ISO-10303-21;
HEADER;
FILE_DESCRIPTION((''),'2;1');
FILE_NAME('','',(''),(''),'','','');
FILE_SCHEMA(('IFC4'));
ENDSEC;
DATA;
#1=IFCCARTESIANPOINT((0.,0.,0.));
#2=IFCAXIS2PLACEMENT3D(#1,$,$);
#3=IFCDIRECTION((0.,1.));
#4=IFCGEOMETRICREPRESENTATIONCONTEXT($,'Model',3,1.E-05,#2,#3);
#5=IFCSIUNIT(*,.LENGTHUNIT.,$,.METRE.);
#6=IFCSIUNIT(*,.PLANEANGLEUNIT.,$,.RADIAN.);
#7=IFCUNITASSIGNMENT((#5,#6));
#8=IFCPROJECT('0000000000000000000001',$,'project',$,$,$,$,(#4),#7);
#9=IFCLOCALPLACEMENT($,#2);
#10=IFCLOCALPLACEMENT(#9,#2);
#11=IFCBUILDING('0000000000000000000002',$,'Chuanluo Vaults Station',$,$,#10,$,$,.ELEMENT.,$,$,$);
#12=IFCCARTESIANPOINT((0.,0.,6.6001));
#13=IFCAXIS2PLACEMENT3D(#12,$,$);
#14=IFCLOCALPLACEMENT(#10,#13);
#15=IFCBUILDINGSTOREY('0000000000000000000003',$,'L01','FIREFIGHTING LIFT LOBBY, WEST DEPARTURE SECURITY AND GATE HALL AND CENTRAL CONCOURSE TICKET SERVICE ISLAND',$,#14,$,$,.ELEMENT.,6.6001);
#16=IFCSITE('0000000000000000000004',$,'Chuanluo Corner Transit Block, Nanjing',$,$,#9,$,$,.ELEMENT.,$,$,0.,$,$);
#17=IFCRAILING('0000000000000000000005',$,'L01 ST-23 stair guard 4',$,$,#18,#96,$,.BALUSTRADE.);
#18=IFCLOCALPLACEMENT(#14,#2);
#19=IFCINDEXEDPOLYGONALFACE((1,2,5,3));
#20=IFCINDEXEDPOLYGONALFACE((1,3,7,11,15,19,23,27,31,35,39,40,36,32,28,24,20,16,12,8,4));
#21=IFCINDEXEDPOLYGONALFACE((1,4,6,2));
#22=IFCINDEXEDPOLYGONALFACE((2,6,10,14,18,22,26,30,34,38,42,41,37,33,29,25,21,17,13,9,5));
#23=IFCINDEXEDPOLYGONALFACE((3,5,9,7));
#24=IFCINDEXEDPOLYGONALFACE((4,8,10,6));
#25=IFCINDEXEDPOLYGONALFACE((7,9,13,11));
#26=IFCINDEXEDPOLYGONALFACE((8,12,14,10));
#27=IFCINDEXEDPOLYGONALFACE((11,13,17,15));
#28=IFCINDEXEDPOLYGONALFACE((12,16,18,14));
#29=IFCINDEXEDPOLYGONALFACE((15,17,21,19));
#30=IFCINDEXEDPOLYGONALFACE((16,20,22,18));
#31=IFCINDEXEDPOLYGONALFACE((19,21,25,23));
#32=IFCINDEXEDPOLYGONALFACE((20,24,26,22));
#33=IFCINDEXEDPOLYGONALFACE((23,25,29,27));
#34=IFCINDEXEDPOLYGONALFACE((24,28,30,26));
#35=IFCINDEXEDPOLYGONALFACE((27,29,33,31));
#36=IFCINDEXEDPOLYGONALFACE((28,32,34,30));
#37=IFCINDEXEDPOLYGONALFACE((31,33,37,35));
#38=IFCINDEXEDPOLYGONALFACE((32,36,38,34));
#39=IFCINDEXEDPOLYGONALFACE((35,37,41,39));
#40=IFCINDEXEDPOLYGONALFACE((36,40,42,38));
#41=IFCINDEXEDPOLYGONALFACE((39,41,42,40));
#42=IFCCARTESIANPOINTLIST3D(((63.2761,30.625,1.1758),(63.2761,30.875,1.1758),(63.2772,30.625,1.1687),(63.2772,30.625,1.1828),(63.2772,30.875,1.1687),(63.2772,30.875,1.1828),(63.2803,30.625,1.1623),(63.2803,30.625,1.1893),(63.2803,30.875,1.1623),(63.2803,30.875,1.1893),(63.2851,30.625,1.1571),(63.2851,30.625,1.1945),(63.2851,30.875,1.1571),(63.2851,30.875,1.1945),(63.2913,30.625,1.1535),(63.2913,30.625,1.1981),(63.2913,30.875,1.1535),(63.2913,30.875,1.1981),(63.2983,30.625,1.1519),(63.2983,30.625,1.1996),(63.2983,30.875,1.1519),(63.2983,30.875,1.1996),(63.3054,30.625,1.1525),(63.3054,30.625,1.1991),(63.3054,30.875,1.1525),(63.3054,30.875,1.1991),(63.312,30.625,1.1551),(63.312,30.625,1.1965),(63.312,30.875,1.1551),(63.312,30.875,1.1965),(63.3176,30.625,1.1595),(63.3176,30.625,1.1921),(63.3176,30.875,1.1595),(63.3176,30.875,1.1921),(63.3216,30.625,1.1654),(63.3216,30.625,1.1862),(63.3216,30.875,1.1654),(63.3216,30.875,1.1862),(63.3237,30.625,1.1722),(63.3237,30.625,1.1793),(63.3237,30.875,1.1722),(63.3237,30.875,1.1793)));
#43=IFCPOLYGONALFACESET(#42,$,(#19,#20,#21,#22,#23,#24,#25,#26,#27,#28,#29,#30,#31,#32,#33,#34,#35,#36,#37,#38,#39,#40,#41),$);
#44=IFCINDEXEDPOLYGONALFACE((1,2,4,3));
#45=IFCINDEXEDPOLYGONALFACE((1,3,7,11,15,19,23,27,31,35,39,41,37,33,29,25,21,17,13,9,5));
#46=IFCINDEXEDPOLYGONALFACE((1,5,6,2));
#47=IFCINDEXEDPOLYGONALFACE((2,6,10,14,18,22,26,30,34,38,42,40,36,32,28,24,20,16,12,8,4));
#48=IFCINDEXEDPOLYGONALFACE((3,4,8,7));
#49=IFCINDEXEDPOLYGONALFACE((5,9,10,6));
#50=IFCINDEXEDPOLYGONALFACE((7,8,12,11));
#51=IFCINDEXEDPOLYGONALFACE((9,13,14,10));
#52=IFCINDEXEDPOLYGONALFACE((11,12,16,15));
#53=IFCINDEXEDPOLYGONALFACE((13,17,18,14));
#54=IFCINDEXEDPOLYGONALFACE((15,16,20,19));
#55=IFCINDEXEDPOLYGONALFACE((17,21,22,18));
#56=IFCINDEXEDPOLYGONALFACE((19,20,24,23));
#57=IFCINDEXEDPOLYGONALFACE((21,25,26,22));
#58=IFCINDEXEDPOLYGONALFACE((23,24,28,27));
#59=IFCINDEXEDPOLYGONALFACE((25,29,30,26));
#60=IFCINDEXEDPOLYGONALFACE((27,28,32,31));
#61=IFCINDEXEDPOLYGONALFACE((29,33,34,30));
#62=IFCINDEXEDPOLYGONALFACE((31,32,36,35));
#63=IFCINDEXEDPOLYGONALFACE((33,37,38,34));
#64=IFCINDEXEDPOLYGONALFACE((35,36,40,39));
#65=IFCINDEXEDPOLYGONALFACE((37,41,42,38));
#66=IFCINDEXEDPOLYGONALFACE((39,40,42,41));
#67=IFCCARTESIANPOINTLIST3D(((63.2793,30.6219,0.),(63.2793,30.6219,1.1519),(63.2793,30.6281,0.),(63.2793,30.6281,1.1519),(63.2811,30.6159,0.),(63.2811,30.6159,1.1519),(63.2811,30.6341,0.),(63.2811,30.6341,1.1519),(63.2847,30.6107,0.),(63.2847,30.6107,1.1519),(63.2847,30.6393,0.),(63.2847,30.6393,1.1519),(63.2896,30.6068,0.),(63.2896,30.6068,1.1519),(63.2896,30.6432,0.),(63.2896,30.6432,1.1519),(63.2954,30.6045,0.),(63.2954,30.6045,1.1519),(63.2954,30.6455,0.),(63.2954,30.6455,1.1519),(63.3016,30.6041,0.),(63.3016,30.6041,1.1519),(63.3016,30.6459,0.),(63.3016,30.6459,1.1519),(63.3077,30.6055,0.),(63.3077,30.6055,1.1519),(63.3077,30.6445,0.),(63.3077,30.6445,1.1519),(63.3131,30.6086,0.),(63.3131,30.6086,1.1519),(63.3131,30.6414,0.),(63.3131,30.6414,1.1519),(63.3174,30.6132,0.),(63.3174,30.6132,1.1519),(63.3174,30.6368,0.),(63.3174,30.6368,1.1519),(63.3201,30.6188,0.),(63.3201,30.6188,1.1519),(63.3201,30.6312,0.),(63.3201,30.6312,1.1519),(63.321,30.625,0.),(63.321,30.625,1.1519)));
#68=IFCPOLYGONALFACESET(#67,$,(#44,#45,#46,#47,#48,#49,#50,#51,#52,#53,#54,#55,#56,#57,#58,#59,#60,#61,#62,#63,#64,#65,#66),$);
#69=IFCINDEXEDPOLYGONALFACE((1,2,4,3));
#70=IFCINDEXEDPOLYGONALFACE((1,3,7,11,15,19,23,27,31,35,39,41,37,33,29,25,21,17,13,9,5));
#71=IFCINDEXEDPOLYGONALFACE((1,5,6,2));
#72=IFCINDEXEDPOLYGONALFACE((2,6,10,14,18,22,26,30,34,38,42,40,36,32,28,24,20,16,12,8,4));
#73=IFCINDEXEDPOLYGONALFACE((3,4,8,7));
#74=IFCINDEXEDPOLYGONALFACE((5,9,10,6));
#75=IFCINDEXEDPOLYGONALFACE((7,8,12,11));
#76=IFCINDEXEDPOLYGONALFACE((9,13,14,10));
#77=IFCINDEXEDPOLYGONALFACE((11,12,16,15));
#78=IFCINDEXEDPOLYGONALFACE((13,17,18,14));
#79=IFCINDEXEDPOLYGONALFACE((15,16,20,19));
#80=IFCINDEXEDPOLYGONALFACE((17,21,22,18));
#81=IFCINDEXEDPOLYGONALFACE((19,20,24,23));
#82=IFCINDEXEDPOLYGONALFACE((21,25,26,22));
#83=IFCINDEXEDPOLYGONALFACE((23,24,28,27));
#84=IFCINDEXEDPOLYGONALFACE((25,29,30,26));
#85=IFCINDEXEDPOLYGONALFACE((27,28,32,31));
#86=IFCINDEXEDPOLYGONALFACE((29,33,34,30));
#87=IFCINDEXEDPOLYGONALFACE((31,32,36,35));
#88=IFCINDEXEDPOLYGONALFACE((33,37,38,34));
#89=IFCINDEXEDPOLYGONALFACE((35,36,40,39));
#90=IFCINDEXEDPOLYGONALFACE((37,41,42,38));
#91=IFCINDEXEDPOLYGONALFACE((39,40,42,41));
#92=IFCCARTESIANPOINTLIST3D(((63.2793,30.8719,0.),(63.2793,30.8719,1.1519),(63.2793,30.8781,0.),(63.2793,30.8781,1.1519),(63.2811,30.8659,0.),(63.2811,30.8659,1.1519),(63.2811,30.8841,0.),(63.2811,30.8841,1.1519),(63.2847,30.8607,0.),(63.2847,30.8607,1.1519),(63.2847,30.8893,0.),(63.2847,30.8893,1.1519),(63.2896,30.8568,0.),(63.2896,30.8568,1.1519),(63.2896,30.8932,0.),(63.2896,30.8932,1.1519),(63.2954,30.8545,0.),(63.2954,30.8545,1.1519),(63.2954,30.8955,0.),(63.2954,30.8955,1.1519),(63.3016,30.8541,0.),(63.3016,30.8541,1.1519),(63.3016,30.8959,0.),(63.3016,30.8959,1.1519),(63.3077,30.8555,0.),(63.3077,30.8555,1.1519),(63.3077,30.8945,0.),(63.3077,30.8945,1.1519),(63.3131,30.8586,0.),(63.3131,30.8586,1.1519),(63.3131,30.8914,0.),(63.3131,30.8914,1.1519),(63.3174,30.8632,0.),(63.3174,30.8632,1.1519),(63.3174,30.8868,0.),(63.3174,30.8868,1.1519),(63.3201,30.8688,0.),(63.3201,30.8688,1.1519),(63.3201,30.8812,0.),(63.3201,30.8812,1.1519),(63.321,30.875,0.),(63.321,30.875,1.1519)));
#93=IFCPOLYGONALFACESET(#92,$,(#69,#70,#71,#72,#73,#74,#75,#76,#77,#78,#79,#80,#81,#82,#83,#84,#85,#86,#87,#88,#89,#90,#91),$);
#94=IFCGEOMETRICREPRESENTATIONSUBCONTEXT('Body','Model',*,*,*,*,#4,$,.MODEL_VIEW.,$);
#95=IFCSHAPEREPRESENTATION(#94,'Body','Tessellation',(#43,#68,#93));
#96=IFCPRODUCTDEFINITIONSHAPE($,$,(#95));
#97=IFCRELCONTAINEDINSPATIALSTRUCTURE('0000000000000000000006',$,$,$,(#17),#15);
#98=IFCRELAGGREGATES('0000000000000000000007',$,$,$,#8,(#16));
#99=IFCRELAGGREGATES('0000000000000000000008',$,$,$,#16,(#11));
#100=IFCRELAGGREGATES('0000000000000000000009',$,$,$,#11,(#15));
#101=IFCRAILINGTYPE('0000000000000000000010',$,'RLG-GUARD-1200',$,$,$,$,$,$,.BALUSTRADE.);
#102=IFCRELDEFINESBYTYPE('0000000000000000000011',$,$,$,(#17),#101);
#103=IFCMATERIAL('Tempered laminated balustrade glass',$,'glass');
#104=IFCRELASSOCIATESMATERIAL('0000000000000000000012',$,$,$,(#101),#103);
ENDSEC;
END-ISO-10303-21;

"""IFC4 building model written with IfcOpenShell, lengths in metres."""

from ifc_helpers import new_model, si_unit, direction, frame, origin, origin_2d, place, context, subcontext, project, spatial, circle, extrude, material, type_object, element, save


model = new_model("IFC4")

# Units and contexts
model_context = context("Model", 3, precision=1e-05, world=origin(), true_north=direction((0.0, 1.0)))
body_context = subcontext(model_context, "Body", "Model", "MODEL_VIEW")
ifc_project = project(units=[si_unit("LENGTHUNIT", "METRE"), si_unit("PLANEANGLEUNIT", "RADIAN")], contexts=[model_context])

# Site, building, storey
site_placement = place(None, origin())
site = spatial("IfcSite", under=ifc_project, at=site_placement, Name="Chuanluo Corner Transit Block, Nanjing", CompositionType="ELEMENT", RefElevation=0.0)
building_placement = place(site_placement, origin())
building = spatial("IfcBuilding", under=site, at=building_placement, Name="Chuanluo Vaults Station", CompositionType="ELEMENT")
storey_placement = place(building_placement, frame((0.0, 0.0, 6.6001)))
storey = spatial("IfcBuildingStorey", under=building, at=storey_placement, Name="L01", Description="FIREFIGHTING LIFT LOBBY, WEST DEPARTURE SECURITY AND GATE HALL AND CENTRAL CONCOURSE TICKET SERVICE ISLAND", CompositionType="ELEMENT", Elevation=6.6001)

# Railing
ifc_material_1 = material(Name="Tempered laminated balustrade glass", Category="glass")
railing_type = type_object("IfcRailingType", Name="RLG-GUARD-1200", PredefinedType="BALUSTRADE", material=ifc_material_1)
railing_1_placement = place(storey_placement, frame((63.3, 30.625, 0.0)))
element("IfcRailing", 1, at=railing_1_placement, inside=storey, type_object=railing_type, Name="L01 ST-23 stair guard 4", PredefinedType="BALUSTRADE", context=body_context, shape_type="SweptSolid", body=[
    extrude(circle(Radius=0.0239, at=origin_2d()), frame((0.0, 0.0, 1.1758), z_axis=(0.0, 1.0, 0.0), x_axis=(-1.0, 0.0, 0.0)), (0.0, 0.0, 1.0), 0.25),
    extrude(circle(Radius=0.021, at=origin_2d()), origin(), (0.0, 0.0, 1.0), 1.1519),
    extrude(circle(Radius=0.021, at=origin_2d()), frame((0.0, 0.25, 0.0)), (0.0, 0.0, 1.0), 1.1519),
])

save(model, "model.ifc")
